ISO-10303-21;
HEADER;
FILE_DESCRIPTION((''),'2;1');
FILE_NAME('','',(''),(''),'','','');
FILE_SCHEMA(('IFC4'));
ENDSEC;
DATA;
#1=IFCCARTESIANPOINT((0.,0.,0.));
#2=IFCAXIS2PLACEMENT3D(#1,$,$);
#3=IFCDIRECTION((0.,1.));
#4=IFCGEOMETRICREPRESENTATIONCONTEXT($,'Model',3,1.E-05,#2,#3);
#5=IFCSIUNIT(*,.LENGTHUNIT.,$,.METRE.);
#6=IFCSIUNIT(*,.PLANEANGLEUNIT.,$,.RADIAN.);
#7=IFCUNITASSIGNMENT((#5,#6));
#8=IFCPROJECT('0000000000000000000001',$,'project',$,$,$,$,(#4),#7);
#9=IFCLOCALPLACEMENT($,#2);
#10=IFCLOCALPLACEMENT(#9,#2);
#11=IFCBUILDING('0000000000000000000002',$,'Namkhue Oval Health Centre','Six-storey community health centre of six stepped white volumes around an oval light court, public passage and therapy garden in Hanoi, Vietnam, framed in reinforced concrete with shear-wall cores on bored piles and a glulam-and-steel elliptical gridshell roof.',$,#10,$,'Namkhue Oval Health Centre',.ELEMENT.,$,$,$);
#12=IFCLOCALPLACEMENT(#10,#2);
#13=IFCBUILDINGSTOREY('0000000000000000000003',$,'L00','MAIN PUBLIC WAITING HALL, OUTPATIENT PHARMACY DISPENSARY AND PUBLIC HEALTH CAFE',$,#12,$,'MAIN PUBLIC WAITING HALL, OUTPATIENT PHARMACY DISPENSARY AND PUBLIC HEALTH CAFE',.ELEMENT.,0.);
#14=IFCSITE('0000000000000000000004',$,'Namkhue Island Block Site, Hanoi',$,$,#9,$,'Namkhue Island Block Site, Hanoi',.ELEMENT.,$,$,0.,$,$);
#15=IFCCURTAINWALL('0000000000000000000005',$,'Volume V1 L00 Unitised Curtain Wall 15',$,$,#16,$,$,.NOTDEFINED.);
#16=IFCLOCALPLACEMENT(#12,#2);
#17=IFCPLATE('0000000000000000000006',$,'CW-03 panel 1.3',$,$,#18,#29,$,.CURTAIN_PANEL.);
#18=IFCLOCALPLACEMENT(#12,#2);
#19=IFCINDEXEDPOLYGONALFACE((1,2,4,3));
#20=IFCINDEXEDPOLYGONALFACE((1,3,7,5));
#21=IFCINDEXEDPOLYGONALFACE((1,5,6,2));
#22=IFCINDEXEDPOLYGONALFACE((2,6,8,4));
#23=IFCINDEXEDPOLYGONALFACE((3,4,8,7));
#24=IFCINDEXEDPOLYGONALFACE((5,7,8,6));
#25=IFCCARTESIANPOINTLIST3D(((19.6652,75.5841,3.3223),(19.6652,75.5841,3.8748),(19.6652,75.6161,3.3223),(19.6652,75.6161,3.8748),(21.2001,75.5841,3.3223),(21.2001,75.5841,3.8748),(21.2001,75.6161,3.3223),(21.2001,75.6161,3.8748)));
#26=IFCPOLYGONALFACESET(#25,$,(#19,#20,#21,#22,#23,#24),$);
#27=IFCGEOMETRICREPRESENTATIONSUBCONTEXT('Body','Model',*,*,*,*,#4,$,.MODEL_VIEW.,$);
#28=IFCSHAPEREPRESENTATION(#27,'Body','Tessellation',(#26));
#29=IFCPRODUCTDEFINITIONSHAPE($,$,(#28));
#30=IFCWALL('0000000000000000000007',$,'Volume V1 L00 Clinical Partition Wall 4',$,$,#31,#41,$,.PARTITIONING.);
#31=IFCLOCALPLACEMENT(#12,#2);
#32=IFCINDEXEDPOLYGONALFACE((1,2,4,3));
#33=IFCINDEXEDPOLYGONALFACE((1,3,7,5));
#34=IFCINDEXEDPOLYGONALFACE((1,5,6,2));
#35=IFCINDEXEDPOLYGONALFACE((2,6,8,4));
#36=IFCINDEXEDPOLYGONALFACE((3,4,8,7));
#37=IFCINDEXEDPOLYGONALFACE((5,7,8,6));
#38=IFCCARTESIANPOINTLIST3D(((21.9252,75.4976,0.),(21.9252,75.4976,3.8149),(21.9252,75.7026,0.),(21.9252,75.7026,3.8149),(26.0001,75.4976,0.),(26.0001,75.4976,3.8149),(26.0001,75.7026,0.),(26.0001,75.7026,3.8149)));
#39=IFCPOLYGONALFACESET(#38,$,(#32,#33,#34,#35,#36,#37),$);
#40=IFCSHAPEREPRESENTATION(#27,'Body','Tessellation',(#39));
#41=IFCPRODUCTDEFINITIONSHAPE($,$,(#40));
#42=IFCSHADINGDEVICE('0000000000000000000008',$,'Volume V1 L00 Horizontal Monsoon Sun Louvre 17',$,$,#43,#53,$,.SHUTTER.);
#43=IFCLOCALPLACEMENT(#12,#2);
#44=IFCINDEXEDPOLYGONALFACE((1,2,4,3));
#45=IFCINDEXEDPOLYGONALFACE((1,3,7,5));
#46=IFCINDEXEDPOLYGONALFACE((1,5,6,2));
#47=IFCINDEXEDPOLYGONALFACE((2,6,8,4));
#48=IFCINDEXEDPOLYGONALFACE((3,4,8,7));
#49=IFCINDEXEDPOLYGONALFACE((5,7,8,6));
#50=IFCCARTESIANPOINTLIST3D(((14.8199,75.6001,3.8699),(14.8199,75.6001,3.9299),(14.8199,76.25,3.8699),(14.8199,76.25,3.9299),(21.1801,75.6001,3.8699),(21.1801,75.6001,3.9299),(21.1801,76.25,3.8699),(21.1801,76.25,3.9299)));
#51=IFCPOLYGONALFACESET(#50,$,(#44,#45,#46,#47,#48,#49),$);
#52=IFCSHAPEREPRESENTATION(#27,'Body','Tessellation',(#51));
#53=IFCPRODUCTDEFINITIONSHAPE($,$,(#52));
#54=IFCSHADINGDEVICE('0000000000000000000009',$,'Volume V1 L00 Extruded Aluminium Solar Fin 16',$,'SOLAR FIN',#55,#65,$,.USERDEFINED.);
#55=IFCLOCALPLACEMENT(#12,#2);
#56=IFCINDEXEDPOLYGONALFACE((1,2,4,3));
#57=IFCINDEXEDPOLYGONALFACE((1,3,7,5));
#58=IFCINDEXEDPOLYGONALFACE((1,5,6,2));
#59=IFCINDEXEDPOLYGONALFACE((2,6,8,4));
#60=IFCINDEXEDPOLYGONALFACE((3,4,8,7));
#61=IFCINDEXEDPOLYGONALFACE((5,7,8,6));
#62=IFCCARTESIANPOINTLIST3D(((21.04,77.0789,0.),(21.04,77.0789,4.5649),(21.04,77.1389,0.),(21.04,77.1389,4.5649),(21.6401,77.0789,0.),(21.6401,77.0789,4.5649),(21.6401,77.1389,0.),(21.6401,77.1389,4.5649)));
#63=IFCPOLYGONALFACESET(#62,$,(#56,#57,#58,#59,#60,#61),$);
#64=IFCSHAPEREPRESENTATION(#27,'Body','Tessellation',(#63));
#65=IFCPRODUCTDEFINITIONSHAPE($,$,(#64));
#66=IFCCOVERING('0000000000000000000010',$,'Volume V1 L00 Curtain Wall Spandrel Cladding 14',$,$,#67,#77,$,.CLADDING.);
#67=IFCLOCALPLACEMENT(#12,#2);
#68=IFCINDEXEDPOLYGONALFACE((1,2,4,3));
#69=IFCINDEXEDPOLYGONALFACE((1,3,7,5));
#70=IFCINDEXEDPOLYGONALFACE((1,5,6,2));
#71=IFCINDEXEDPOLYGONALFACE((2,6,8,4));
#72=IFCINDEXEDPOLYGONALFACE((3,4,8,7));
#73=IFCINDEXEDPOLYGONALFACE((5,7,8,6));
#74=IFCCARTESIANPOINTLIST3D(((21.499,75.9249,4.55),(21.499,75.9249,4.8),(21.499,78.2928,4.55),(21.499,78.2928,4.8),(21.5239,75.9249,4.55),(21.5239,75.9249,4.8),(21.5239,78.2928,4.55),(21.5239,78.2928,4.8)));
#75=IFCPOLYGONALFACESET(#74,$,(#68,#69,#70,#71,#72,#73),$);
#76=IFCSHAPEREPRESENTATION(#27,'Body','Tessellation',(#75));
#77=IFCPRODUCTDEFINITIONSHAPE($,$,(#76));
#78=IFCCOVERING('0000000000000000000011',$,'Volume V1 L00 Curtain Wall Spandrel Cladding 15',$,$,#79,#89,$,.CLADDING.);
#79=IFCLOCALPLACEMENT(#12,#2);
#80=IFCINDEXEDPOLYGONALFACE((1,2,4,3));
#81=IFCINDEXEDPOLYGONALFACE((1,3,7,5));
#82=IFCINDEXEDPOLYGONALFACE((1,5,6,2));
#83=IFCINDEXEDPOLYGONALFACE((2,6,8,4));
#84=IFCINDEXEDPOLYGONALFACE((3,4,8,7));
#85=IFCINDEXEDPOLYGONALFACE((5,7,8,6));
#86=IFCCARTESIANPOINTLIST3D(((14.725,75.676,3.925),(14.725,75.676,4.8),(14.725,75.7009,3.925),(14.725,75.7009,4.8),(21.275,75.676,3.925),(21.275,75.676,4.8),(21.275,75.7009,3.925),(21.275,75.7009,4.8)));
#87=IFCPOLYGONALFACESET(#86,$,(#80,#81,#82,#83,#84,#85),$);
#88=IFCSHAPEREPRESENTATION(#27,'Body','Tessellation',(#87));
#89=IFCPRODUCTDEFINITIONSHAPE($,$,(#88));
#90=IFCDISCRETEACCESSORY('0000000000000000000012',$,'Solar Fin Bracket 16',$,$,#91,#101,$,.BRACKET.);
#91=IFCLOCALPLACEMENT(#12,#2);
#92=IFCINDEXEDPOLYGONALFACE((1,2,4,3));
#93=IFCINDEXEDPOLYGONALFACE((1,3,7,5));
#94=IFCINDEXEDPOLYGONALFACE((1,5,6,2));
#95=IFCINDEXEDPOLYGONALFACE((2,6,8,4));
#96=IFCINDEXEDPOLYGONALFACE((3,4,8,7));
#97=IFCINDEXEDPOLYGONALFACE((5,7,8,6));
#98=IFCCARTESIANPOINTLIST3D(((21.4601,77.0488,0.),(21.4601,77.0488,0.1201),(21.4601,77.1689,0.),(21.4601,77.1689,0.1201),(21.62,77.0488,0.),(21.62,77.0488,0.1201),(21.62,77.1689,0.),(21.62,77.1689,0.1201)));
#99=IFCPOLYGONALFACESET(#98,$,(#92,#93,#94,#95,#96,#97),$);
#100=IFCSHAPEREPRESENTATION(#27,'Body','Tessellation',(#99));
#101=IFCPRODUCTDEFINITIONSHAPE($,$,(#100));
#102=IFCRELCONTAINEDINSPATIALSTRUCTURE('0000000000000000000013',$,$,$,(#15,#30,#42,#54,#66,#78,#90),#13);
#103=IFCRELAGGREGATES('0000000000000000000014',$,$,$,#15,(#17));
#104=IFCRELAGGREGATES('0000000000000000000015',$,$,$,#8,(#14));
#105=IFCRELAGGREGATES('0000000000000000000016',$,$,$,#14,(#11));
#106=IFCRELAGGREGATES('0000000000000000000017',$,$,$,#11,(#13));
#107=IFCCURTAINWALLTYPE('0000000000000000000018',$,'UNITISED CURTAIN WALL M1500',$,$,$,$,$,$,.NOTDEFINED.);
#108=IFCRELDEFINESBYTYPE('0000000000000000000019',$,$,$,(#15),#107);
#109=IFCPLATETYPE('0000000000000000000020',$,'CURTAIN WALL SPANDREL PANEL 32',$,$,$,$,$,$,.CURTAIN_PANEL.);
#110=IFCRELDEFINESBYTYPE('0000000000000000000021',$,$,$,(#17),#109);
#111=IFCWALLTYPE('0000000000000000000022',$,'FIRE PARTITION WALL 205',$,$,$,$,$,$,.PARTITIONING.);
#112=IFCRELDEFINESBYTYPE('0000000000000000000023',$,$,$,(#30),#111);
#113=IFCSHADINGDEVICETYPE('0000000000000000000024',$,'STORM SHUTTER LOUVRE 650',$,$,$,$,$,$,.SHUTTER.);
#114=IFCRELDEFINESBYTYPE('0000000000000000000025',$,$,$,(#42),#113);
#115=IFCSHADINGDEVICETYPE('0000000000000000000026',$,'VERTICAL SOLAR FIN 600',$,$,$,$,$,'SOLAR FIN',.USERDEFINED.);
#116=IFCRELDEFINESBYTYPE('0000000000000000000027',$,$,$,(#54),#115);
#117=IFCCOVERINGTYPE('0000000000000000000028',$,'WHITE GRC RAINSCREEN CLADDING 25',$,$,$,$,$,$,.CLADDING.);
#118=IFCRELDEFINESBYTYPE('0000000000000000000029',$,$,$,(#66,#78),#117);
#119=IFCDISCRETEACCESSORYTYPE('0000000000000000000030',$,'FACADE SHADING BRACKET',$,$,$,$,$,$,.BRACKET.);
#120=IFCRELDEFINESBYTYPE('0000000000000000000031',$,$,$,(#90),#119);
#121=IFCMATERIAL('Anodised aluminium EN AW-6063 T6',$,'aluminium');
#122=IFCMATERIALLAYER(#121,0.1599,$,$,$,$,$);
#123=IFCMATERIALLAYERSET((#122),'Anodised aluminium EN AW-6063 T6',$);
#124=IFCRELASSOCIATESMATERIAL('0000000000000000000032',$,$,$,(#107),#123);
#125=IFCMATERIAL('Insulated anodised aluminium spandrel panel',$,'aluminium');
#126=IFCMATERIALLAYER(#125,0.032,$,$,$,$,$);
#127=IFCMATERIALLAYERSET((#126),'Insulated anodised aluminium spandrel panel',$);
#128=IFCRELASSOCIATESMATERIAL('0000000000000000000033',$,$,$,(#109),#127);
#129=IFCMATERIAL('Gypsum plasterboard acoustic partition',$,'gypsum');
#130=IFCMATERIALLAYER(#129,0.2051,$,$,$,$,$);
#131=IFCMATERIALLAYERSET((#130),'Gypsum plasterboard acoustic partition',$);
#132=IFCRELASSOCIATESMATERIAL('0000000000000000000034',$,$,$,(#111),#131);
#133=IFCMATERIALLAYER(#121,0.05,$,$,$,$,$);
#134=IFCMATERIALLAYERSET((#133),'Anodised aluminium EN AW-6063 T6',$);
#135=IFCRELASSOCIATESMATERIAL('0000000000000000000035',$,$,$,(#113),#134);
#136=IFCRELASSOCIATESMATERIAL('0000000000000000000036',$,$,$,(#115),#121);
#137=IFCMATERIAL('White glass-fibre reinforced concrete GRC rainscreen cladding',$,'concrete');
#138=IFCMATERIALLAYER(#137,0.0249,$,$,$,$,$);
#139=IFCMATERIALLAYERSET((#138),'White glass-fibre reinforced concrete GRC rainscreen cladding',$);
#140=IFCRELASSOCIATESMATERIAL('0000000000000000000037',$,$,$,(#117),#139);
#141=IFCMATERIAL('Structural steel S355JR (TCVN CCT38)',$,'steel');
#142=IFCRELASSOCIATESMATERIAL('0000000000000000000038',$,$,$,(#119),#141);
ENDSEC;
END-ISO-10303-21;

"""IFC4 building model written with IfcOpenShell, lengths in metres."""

from ifc_helpers import new_model, si_unit, direction, frame, frame_2d, origin, origin_2d, place, context, subcontext, project, spatial, rectangle, extrude, material, layer, layer_set, type_object, element, aggregate, save


model = new_model("IFC4")

# Units and contexts
model_context = context("Model", 3, precision=1e-05, world=origin(), true_north=direction((0.0, 1.0)))
body_context = subcontext(model_context, "Body", "Model", "MODEL_VIEW")
ifc_project = project(units=[si_unit("LENGTHUNIT", "METRE"), si_unit("PLANEANGLEUNIT", "RADIAN")], contexts=[model_context])

# Site, building, storey
site_placement = place(None, origin())
site = spatial("IfcSite", under=ifc_project, at=site_placement, Name="Namkhue Island Block Site, Hanoi", LongName="Namkhue Island Block Site, Hanoi", CompositionType="ELEMENT", RefElevation=0.0)
building_placement = place(site_placement, origin())
building = spatial("IfcBuilding", under=site, at=building_placement, Name="Namkhue Oval Health Centre", Description="Six-storey community health centre of six stepped white volumes around an oval light court, public passage and therapy garden in Hanoi, Vietnam, framed in reinforced concrete with shear-wall cores on bored piles and a glulam-and-steel elliptical gridshell roof.", LongName="Namkhue Oval Health Centre", CompositionType="ELEMENT")
storey_placement = place(building_placement, origin())
storey = spatial("IfcBuildingStorey", under=building, at=storey_placement, Name="L00", Description="MAIN PUBLIC WAITING HALL, OUTPATIENT PHARMACY DISPENSARY AND PUBLIC HEALTH CAFE", LongName="MAIN PUBLIC WAITING HALL, OUTPATIENT PHARMACY DISPENSARY AND PUBLIC HEALTH CAFE", CompositionType="ELEMENT", Elevation=0.0)

# Curtain wall
ifc_material_1 = material(Name="Anodised aluminium EN AW-6063 T6", Category="aluminium")
ifc_layer_1 = layer(ifc_material_1, 0.1599)
ifc_layer_set_1 = layer_set([ifc_layer_1], Name="Anodised aluminium EN AW-6063 T6")
curtain_wall_type_1 = type_object("IfcCurtainWallType", Name="UNITISED CURTAIN WALL M1500", PredefinedType="NOTDEFINED", material=ifc_layer_set_1)
curtain_wall_1_placement = place(storey_placement, origin())
curtain_wall_1 = element("IfcCurtainWall", 1, at=curtain_wall_1_placement, inside=storey, type_object=curtain_wall_type_1, Name="Volume V1 L00 Unitised Curtain Wall 15", PredefinedType="NOTDEFINED")

# Plate
ifc_material_2 = material(Name="Insulated anodised aluminium spandrel panel", Category="aluminium")
ifc_layer_2 = layer(ifc_material_2, 0.032)
ifc_layer_set_2 = layer_set([ifc_layer_2], Name="Insulated anodised aluminium spandrel panel")
plate_type_1 = type_object("IfcPlateType", Name="CURTAIN WALL SPANDREL PANEL 32", PredefinedType="CURTAIN_PANEL", material=ifc_layer_set_2)
plate_1_placement = place(storey_placement, frame((20.4326, 75.6001, 3.3223), z_axis=(0.0, 0.0, 1.0), x_axis=(-1.0, 0.0, 0.0)))
plate_1 = element("IfcPlate", 2, at=plate_1_placement, type_object=plate_type_1, Name="CW-03 panel 1.3", PredefinedType="CURTAIN_PANEL", context=body_context, shape_type="SweptSolid", body=[
    extrude(rectangle(XDim=1.5349, YDim=0.032, at=origin_2d()), origin(), (0.0, 0.0, 1.0), 0.5525),
])
aggregate(curtain_wall_1, [plate_1])

# Wall
ifc_material_3 = material(Name="Gypsum plasterboard acoustic partition", Category="gypsum")
ifc_layer_3 = layer(ifc_material_3, 0.2051)
ifc_layer_set_3 = layer_set([ifc_layer_3], Name="Gypsum plasterboard acoustic partition")
wall_type = type_object("IfcWallType", Name="FIRE PARTITION WALL 205", PredefinedType="PARTITIONING", material=ifc_layer_set_3)
wall_placement = place(storey_placement, frame((21.925, 75.6001, 0.0), z_axis=(0.0, 0.0, 1.0), x_axis=(1.0, 0.0, 0.0)))
element("IfcWall", 3, at=wall_placement, inside=storey, type_object=wall_type, Name="Volume V1 L00 Clinical Partition Wall 4", PredefinedType="PARTITIONING", context=body_context, shape_type="SweptSolid", body=[
    extrude(rectangle(XDim=4.075, YDim=0.2051, at=frame_2d((2.0376, 0.0))), origin(), (0.0, 0.0, 1.0), 3.8149),
])

# Shading devices
ifc_layer_4 = layer(ifc_material_1, 0.05)
ifc_layer_set_4 = layer_set([ifc_layer_4], Name="Anodised aluminium EN AW-6063 T6")
shading_device_type_1 = type_object("IfcShadingDeviceType", Name="STORM SHUTTER LOUVRE 650", PredefinedType="SHUTTER", material=ifc_layer_set_4)
shading_device_1_placement = place(storey_placement, frame((18.0, 75.925, 3.8699), z_axis=(0.0, 0.0, 1.0), x_axis=(-1.0, 0.0, 0.0)))
element("IfcShadingDevice", 4, at=shading_device_1_placement, inside=storey, type_object=shading_device_type_1, Name="Volume V1 L00 Horizontal Monsoon Sun Louvre 17", PredefinedType="SHUTTER", context=body_context, shape_type="SweptSolid", body=[
    extrude(rectangle(XDim=6.3601, YDim=0.6499, at=origin_2d()), origin(), (0.0, 0.0, 1.0), 0.0601),
])
shading_device_type_2 = type_object("IfcShadingDeviceType", Name="VERTICAL SOLAR FIN 600", ElementType="SOLAR FIN", PredefinedType="USERDEFINED", material=ifc_material_1)
shading_device_2_placement = place(storey_placement, frame((21.3401, 77.1089, 0.0), z_axis=(0.0, 0.0, 1.0), x_axis=(-1.0, 0.0, 0.0)))
element("IfcShadingDevice", 5, at=shading_device_2_placement, inside=storey, type_object=shading_device_type_2, Name="Volume V1 L00 Extruded Aluminium Solar Fin 16", ObjectType="SOLAR FIN", PredefinedType="USERDEFINED", context=body_context, shape_type="SweptSolid", body=[
    extrude(rectangle(XDim=0.6001, YDim=0.0601, at=origin_2d()), origin(), (0.0, 0.0, 1.0), 4.5649),
])

# Coverings
ifc_material_4 = material(Name="White glass-fibre reinforced concrete GRC rainscreen cladding", Category="concrete")
ifc_layer_5 = layer(ifc_material_4, 0.0249)
ifc_layer_set_5 = layer_set([ifc_layer_5], Name="White glass-fibre reinforced concrete GRC rainscreen cladding")
covering_type = type_object("IfcCoveringType", Name="WHITE GRC RAINSCREEN CLADDING 25", PredefinedType="CLADDING", material=ifc_layer_set_5)
covering_1_placement = place(storey_placement, frame((21.5115, 77.1089, 4.55), z_axis=(0.0, 0.0, 1.0), x_axis=(0.0, -1.0, 0.0)))
element("IfcCovering", 6, at=covering_1_placement, inside=storey, type_object=covering_type, Name="Volume V1 L00 Curtain Wall Spandrel Cladding 14", PredefinedType="CLADDING", context=body_context, shape_type="SweptSolid", body=[
    extrude(rectangle(XDim=2.3679, YDim=0.0249, at=origin_2d()), origin(), (0.0, 0.0, 1.0), 0.25),
])
covering_2_placement = place(storey_placement, frame((18.0, 75.6885, 3.925), z_axis=(0.0, 0.0, 1.0), x_axis=(-1.0, 0.0, 0.0)))
element("IfcCovering", 7, at=covering_2_placement, inside=storey, type_object=covering_type, Name="Volume V1 L00 Curtain Wall Spandrel Cladding 15", PredefinedType="CLADDING", context=body_context, shape_type="SweptSolid", body=[
    extrude(rectangle(XDim=6.55, YDim=0.0249, at=origin_2d()), origin(), (0.0, 0.0, 1.0), 0.875),
])

# Discrete accessory
ifc_material_5 = material(Name="Structural steel S355JR (TCVN CCT38)", Category="steel")
discrete_accessory_type = type_object("IfcDiscreteAccessoryType", Name="FACADE SHADING BRACKET", PredefinedType="BRACKET", material=ifc_material_5)
discrete_accessory_placement = place(storey_placement, frame((21.54, 77.1089, 0.0), z_axis=(0.0, 0.0, 1.0), x_axis=(-1.0, 0.0, 0.0)))
element("IfcDiscreteAccessory", 8, at=discrete_accessory_placement, inside=storey, type_object=discrete_accessory_type, Name="Solar Fin Bracket 16", PredefinedType="BRACKET", context=body_context, shape_type="SweptSolid", body=[
    extrude(rectangle(XDim=0.1599, YDim=0.1201, at=origin_2d()), origin(), (0.0, 0.0, 1.0), 0.1201),
])

save(model, "model.ifc")
